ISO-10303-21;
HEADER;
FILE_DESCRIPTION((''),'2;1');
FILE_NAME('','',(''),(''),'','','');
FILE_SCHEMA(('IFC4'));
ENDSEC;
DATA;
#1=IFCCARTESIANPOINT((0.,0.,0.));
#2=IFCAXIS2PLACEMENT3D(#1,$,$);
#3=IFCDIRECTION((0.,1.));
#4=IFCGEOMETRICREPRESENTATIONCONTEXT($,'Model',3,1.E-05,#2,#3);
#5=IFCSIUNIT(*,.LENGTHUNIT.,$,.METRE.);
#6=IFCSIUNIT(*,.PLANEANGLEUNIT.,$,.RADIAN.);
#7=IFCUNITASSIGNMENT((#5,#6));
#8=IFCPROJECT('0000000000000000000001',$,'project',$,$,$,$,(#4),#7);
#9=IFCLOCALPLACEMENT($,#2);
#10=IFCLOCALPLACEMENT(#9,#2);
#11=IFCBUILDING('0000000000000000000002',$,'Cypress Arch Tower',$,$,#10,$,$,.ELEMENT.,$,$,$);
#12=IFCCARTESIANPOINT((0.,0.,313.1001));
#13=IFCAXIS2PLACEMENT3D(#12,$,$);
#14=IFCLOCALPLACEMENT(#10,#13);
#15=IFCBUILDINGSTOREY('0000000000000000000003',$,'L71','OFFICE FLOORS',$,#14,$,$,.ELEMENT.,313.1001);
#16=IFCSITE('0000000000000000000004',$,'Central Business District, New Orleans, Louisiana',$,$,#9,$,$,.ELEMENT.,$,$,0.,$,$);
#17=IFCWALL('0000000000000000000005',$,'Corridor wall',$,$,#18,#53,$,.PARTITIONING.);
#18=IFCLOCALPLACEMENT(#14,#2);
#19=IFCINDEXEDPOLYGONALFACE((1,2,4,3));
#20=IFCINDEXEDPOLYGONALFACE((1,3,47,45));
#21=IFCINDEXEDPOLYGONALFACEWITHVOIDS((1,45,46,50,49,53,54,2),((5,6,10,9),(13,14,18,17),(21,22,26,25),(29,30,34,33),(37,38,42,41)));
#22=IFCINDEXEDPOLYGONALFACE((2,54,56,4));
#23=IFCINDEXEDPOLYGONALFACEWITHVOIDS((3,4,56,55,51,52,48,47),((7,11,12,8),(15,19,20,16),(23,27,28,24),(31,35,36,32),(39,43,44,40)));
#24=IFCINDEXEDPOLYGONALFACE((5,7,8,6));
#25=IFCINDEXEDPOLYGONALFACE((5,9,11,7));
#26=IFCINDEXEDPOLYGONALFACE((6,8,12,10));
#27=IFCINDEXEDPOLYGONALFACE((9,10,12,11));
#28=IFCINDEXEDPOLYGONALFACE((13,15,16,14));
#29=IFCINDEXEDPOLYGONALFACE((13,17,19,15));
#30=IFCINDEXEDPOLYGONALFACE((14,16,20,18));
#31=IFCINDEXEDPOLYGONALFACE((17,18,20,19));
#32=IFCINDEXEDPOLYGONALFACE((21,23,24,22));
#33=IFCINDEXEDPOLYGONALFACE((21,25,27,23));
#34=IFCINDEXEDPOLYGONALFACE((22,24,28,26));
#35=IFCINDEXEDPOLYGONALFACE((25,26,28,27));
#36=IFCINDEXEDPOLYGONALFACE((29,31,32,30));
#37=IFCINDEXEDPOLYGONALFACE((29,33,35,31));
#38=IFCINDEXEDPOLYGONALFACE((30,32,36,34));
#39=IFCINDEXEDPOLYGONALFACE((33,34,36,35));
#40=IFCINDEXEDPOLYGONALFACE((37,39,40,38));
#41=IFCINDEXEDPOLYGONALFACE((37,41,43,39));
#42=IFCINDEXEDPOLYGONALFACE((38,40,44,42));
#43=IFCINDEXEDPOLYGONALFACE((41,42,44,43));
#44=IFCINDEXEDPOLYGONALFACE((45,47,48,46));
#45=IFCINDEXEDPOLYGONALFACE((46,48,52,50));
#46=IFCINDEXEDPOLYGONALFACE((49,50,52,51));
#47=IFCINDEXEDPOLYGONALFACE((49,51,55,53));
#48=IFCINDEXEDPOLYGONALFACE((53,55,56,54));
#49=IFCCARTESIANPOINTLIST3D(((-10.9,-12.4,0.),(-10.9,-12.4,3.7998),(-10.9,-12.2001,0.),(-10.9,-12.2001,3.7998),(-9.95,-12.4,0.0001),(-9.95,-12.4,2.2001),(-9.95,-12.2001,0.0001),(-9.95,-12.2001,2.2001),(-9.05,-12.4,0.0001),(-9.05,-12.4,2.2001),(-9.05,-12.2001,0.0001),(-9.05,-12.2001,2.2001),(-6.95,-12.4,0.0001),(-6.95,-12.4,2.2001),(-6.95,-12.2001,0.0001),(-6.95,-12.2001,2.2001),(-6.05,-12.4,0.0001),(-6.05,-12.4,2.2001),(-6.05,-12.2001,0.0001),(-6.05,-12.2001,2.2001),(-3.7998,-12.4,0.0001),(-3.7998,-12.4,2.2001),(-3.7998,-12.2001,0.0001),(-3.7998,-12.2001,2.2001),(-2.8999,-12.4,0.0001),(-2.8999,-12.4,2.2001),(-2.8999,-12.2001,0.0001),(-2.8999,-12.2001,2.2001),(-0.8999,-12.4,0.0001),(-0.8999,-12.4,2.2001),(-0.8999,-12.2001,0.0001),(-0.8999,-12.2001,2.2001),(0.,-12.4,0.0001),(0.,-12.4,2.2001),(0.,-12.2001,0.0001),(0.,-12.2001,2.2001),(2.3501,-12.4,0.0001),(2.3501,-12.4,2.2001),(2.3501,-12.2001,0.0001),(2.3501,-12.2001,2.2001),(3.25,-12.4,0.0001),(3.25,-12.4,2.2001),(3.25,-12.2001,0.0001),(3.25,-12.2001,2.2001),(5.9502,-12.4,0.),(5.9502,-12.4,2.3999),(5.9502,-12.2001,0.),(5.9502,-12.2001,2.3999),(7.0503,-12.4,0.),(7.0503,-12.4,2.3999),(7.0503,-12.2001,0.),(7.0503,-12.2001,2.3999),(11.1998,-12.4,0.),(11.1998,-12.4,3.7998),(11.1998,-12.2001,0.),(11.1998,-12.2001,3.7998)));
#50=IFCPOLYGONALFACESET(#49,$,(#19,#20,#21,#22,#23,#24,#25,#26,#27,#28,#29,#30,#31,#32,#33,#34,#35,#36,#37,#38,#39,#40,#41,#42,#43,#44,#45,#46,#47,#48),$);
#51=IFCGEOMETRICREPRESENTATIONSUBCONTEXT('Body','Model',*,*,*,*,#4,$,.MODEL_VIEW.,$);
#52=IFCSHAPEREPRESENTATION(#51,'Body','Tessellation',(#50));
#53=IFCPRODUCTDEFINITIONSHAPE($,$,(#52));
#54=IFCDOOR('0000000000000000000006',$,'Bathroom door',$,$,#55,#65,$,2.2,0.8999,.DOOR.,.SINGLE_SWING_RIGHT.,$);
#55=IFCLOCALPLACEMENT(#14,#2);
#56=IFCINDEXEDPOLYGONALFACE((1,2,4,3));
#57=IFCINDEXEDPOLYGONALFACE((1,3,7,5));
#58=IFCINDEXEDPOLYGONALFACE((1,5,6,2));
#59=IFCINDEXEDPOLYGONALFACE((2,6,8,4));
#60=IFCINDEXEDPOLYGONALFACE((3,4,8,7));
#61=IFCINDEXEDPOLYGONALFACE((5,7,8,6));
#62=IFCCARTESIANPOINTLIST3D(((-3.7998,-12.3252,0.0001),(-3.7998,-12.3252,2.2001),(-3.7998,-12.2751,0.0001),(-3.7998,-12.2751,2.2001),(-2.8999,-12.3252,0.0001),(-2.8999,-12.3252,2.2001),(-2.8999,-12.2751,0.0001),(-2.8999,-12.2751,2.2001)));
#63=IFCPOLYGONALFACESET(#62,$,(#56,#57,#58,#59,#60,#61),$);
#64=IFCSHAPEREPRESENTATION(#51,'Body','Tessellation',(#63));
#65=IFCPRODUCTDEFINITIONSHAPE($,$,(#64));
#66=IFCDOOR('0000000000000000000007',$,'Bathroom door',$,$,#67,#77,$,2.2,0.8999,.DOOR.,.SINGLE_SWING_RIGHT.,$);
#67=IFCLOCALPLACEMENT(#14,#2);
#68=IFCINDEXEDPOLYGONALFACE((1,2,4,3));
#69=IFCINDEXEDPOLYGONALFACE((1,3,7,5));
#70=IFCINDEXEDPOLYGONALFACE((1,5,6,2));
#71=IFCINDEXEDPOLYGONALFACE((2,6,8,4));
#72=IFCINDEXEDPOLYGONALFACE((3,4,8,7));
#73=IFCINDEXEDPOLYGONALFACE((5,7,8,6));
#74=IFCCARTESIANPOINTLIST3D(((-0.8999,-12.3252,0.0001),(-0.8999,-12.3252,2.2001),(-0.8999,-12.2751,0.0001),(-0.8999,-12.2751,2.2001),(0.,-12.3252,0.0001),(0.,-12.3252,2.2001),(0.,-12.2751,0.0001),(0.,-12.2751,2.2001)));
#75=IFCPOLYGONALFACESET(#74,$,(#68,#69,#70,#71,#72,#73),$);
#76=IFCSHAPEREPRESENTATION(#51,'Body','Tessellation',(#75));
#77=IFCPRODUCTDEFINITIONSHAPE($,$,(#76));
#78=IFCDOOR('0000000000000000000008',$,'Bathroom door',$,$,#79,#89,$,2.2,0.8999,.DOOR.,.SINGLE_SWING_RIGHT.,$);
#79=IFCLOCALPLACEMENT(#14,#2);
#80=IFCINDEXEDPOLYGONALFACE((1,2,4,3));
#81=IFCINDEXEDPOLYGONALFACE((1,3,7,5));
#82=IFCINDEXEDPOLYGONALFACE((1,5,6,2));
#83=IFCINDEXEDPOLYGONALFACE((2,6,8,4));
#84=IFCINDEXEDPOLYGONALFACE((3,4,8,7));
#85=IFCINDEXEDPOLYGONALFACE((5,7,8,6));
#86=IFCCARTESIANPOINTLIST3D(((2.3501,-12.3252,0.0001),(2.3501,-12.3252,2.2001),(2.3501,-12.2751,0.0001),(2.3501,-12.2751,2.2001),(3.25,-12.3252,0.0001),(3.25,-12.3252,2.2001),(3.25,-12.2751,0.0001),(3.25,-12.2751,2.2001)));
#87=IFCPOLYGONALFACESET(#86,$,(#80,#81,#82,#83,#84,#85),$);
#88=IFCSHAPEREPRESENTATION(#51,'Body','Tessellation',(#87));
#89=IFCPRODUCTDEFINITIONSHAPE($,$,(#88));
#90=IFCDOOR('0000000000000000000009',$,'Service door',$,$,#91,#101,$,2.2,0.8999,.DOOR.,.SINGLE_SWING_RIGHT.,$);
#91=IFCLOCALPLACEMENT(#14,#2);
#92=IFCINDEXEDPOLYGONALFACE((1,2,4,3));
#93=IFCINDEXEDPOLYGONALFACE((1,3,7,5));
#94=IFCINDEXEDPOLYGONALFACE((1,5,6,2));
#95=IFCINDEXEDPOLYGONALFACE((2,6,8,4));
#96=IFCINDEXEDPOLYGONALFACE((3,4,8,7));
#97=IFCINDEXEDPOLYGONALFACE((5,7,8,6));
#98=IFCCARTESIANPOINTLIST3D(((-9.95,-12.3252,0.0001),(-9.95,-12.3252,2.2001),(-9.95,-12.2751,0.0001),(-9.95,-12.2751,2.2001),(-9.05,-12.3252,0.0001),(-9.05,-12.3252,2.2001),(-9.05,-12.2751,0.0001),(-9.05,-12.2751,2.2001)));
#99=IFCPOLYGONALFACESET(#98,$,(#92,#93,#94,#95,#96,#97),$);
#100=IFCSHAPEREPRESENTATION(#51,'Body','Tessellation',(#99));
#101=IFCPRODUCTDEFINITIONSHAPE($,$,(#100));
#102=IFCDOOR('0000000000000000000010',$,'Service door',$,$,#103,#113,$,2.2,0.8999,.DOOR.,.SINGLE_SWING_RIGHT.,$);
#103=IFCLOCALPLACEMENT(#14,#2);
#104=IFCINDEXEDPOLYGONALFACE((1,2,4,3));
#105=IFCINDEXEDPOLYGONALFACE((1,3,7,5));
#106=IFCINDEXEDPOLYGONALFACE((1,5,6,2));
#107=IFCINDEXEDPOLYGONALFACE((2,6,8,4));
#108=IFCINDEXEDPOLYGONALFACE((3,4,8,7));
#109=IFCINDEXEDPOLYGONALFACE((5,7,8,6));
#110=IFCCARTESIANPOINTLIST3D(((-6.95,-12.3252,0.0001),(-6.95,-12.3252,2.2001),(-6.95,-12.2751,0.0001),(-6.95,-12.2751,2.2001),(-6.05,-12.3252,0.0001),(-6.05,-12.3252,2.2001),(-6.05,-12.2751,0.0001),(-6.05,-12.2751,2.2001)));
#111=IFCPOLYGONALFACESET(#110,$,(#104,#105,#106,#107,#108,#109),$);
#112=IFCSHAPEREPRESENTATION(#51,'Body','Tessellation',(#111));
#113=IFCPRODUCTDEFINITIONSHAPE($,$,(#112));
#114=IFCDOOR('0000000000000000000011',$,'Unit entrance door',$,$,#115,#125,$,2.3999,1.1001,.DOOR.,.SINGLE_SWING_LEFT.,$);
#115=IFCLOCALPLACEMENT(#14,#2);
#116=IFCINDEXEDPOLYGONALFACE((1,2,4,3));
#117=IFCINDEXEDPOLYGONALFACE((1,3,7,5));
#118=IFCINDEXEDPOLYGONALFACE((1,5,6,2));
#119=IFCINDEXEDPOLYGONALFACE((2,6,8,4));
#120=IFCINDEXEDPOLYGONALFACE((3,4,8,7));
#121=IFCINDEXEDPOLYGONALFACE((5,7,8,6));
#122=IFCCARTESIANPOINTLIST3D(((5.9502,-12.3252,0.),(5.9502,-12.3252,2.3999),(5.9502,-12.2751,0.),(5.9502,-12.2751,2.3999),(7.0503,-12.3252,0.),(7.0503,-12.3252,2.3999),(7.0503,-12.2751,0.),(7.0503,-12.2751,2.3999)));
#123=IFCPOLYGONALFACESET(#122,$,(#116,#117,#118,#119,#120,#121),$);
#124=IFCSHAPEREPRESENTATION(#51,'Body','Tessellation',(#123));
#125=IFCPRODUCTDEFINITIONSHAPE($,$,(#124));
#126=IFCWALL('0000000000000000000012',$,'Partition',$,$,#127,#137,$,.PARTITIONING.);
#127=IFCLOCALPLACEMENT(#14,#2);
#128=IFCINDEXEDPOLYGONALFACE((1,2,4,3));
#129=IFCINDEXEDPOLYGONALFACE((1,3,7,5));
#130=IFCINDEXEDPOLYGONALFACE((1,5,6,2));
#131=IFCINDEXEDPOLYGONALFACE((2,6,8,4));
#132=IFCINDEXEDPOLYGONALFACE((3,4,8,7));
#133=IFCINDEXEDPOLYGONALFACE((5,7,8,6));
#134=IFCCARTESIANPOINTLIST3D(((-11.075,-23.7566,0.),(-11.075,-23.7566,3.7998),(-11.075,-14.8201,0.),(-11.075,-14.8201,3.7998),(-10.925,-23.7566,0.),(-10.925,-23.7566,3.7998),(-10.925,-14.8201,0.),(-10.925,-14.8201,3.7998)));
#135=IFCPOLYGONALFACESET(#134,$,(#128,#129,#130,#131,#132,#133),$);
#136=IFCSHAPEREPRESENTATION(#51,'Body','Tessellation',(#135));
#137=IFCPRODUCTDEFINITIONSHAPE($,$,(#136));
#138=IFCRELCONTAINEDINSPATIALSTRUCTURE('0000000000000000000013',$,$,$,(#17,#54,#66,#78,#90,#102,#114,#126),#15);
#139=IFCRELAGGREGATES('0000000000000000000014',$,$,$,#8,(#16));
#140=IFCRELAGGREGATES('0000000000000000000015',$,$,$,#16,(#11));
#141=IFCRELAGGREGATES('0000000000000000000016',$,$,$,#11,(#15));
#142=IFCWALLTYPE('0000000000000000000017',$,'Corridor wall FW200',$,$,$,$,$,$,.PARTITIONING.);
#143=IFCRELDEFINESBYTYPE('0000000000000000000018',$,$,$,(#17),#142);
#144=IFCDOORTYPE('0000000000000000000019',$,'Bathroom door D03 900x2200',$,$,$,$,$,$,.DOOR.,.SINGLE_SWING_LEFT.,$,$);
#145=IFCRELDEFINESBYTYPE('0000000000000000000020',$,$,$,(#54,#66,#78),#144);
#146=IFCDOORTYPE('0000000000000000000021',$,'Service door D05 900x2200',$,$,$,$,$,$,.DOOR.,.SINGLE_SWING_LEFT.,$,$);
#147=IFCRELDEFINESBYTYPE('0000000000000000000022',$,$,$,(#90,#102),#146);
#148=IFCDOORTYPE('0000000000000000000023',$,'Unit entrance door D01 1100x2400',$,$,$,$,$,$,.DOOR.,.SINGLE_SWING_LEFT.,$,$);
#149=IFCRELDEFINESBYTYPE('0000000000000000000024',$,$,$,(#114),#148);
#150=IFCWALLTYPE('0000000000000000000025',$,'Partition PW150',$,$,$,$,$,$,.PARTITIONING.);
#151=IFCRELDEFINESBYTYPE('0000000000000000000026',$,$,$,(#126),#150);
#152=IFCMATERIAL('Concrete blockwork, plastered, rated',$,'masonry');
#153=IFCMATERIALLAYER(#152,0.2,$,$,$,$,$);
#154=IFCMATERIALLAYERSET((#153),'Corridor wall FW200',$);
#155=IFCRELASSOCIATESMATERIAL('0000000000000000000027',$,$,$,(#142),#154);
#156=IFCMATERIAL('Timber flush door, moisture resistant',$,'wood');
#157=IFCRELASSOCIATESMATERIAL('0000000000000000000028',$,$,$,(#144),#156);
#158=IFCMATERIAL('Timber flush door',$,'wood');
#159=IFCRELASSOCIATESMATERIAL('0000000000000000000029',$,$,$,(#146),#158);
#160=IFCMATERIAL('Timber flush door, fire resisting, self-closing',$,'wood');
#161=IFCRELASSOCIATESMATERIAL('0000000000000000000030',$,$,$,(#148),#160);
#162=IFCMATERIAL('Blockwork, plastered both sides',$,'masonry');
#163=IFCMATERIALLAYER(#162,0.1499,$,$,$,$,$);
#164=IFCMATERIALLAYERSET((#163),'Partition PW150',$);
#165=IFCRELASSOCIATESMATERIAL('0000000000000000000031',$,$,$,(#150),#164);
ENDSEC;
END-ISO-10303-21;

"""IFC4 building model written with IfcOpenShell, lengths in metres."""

from ifc_helpers import new_model, si_unit, direction, frame, frame_2d, origin, place, context, subcontext, project, spatial, rectangle, extrude, material, layer, layer_set, type_object, element, fill, save


model = new_model("IFC4")

# Units and contexts
model_context = context("Model", 3, precision=1e-05, world=origin(), true_north=direction((0.0, 1.0)))
body_context = subcontext(model_context, "Body", "Model", "MODEL_VIEW")
ifc_project = project(units=[si_unit("LENGTHUNIT", "METRE"), si_unit("PLANEANGLEUNIT", "RADIAN")], contexts=[model_context])

# Site, building, storey
site_placement = place(None, origin())
site = spatial("IfcSite", under=ifc_project, at=site_placement, Name="Central Business District, New Orleans, Louisiana", CompositionType="ELEMENT", RefElevation=0.0)
building_placement = place(site_placement, origin())
building = spatial("IfcBuilding", under=site, at=building_placement, Name="Cypress Arch Tower", CompositionType="ELEMENT")
storey_placement = place(building_placement, frame((0.0, 0.0, 313.1001)))
storey = spatial("IfcBuildingStorey", under=building, at=storey_placement, Name="L71", Description="OFFICE FLOORS", CompositionType="ELEMENT", Elevation=313.1001)

# Shared definitions
ifc_material_1 = material(Name="Concrete blockwork, plastered, rated", Category="masonry")
ifc_layer_1 = layer(ifc_material_1, 0.2)
ifc_layer_set_1 = layer_set([ifc_layer_1], Name="Corridor wall FW200")
wall_type_1 = type_object("IfcWallType", Name="Corridor wall FW200", PredefinedType="PARTITIONING", material=ifc_layer_set_1)

# Wall, openings, doors
wall_1_placement = place(storey_placement, frame((-10.8999, -12.3, 0.0), z_axis=(0.0, 0.0, 1.0), x_axis=(1.0, 0.0, 0.0)))
wall_1 = element("IfcWall", 1, at=wall_1_placement, inside=storey, type_object=wall_type_1, Name="Corridor wall", PredefinedType="PARTITIONING", context=body_context, shape_type="SweptSolid", body=[
    extrude(rectangle(XDim=22.0999, YDim=0.2, at=frame_2d((11.0498, 0.0))), origin(), (0.0, 0.0, 1.0), 3.7998),
])
opening_1_placement = place(wall_1_placement, frame((0.95, 0.0, 0.0)))
opening_1 = element("IfcOpeningElement", 2, at=opening_1_placement, cuts=wall_1, PredefinedType="OPENING", context=body_context, shape_type="SweptSolid", body=[
    extrude(rectangle(XDim=0.8999, YDim=2.2, at=frame_2d((0.45, 1.1001))), frame((0.0, 0.1099, 0.0), z_axis=(0.0, -1.0, 0.0), x_axis=(1.0, 0.0, 0.0)), (0.0, 0.0, 1.0), 0.22),
])
opening_2_placement = place(wall_1_placement, frame((3.95, 0.0, 0.0)))
opening_2 = element("IfcOpeningElement", 3, at=opening_2_placement, cuts=wall_1, PredefinedType="OPENING", context=body_context, shape_type="SweptSolid", body=[
    extrude(rectangle(XDim=0.8999, YDim=2.2, at=frame_2d((0.45, 1.1001))), frame((0.0, 0.1099, 0.0), z_axis=(0.0, -1.0, 0.0), x_axis=(1.0, 0.0, 0.0)), (0.0, 0.0, 1.0), 0.22),
])
opening_3_placement = place(wall_1_placement, frame((7.1001, 0.0, 0.0)))
opening_3 = element("IfcOpeningElement", 4, at=opening_3_placement, cuts=wall_1, PredefinedType="OPENING", context=body_context, shape_type="SweptSolid", body=[
    extrude(rectangle(XDim=0.8999, YDim=2.2, at=frame_2d((0.45, 1.1001))), frame((0.0, 0.1099, 0.0), z_axis=(0.0, -1.0, 0.0), x_axis=(1.0, 0.0, 0.0)), (0.0, 0.0, 1.0), 0.22),
])
opening_4_placement = place(wall_1_placement, frame((10.0, 0.0, 0.0)))
opening_4 = element("IfcOpeningElement", 5, at=opening_4_placement, cuts=wall_1, PredefinedType="OPENING", context=body_context, shape_type="SweptSolid", body=[
    extrude(rectangle(XDim=0.8999, YDim=2.2, at=frame_2d((0.45, 1.1001))), frame((0.0, 0.1099, 0.0), z_axis=(0.0, -1.0, 0.0), x_axis=(1.0, 0.0, 0.0)), (0.0, 0.0, 1.0), 0.22),
])
opening_5_placement = place(wall_1_placement, frame((13.25, 0.0, 0.0)))
opening_5 = element("IfcOpeningElement", 6, at=opening_5_placement, cuts=wall_1, PredefinedType="OPENING", context=body_context, shape_type="SweptSolid", body=[
    extrude(rectangle(XDim=0.8999, YDim=2.2, at=frame_2d((0.45, 1.1001))), frame((0.0, 0.1099, 0.0), z_axis=(0.0, -1.0, 0.0), x_axis=(1.0, 0.0, 0.0)), (0.0, 0.0, 1.0), 0.22),
])
opening_6_placement = place(wall_1_placement, frame((16.8501, 0.0, 0.0)))
opening_6 = element("IfcOpeningElement", 7, at=opening_6_placement, cuts=wall_1, PredefinedType="OPENING", context=body_context, shape_type="SweptSolid", body=[
    extrude(rectangle(XDim=1.1001, YDim=2.3999, at=frame_2d((0.55, 1.2))), frame((0.0, 0.1099, 0.0), z_axis=(0.0, -1.0, 0.0), x_axis=(1.0, 0.0, 0.0)), (0.0, 0.0, 1.0), 0.22),
])
ifc_material_2 = material(Name="Timber flush door, moisture resistant", Category="wood")
door_type_1 = type_object("IfcDoorType", Name="Bathroom door D03 900x2200", OperationType="SINGLE_SWING_LEFT", PredefinedType="DOOR", material=ifc_material_2)
door_1_placement = place(opening_3_placement, origin())
door_1 = element("IfcDoor", 8, at=door_1_placement, inside=storey, type_object=door_type_1, Name="Bathroom door", OperationType="SINGLE_SWING_RIGHT", OverallHeight=2.2, OverallWidth=0.8999, PredefinedType="DOOR", context=body_context, shape_type="SweptSolid", body=[
    extrude(rectangle(XDim=0.8999, YDim=2.2, at=frame_2d((0.45, 1.1001))), frame((0.0, 0.0249, 0.0), z_axis=(0.0, -1.0, 0.0), x_axis=(1.0, 0.0, 0.0)), (0.0, 0.0, 1.0), 0.05),
])
fill(opening_3, door_1)
door_2_placement = place(opening_4_placement, origin())
door_2 = element("IfcDoor", 9, at=door_2_placement, inside=storey, type_object=door_type_1, Name="Bathroom door", OperationType="SINGLE_SWING_RIGHT", OverallHeight=2.2, OverallWidth=0.8999, PredefinedType="DOOR", context=body_context, shape_type="SweptSolid", body=[
    extrude(rectangle(XDim=0.8999, YDim=2.2, at=frame_2d((0.45, 1.1001))), frame((0.0, 0.0249, 0.0), z_axis=(0.0, -1.0, 0.0), x_axis=(1.0, 0.0, 0.0)), (0.0, 0.0, 1.0), 0.05),
])
fill(opening_4, door_2)
door_3_placement = place(opening_5_placement, origin())
door_3 = element("IfcDoor", 10, at=door_3_placement, inside=storey, type_object=door_type_1, Name="Bathroom door", OperationType="SINGLE_SWING_RIGHT", OverallHeight=2.2, OverallWidth=0.8999, PredefinedType="DOOR", context=body_context, shape_type="SweptSolid", body=[
    extrude(rectangle(XDim=0.8999, YDim=2.2, at=frame_2d((0.45, 1.1001))), frame((0.0, 0.0249, 0.0), z_axis=(0.0, -1.0, 0.0), x_axis=(1.0, 0.0, 0.0)), (0.0, 0.0, 1.0), 0.05),
])
fill(opening_5, door_3)
ifc_material_3 = material(Name="Timber flush door", Category="wood")
door_type_2 = type_object("IfcDoorType", Name="Service door D05 900x2200", OperationType="SINGLE_SWING_LEFT", PredefinedType="DOOR", material=ifc_material_3)
door_4_placement = place(opening_1_placement, origin())
door_4 = element("IfcDoor", 11, at=door_4_placement, inside=storey, type_object=door_type_2, Name="Service door", OperationType="SINGLE_SWING_RIGHT", OverallHeight=2.2, OverallWidth=0.8999, PredefinedType="DOOR", context=body_context, shape_type="SweptSolid", body=[
    extrude(rectangle(XDim=0.8999, YDim=2.2, at=frame_2d((0.45, 1.1001))), frame((0.0, 0.0249, 0.0), z_axis=(0.0, -1.0, 0.0), x_axis=(1.0, 0.0, 0.0)), (0.0, 0.0, 1.0), 0.05),
])
fill(opening_1, door_4)
door_5_placement = place(opening_2_placement, origin())
door_5 = element("IfcDoor", 12, at=door_5_placement, inside=storey, type_object=door_type_2, Name="Service door", OperationType="SINGLE_SWING_RIGHT", OverallHeight=2.2, OverallWidth=0.8999, PredefinedType="DOOR", context=body_context, shape_type="SweptSolid", body=[
    extrude(rectangle(XDim=0.8999, YDim=2.2, at=frame_2d((0.45, 1.1001))), frame((0.0, 0.0249, 0.0), z_axis=(0.0, -1.0, 0.0), x_axis=(1.0, 0.0, 0.0)), (0.0, 0.0, 1.0), 0.05),
])
fill(opening_2, door_5)
ifc_material_4 = material(Name="Timber flush door, fire resisting, self-closing", Category="wood")
door_type_3 = type_object("IfcDoorType", Name="Unit entrance door D01 1100x2400", OperationType="SINGLE_SWING_LEFT", PredefinedType="DOOR", material=ifc_material_4)
door_6_placement = place(opening_6_placement, origin())
door_6 = element("IfcDoor", 13, at=door_6_placement, inside=storey, type_object=door_type_3, Name="Unit entrance door", OperationType="SINGLE_SWING_LEFT", OverallHeight=2.3999, OverallWidth=1.1001, PredefinedType="DOOR", context=body_context, shape_type="SweptSolid", body=[
    extrude(rectangle(XDim=1.1001, YDim=2.3999, at=frame_2d((0.55, 1.2))), frame((0.0, 0.0249, 0.0), z_axis=(0.0, -1.0, 0.0), x_axis=(1.0, 0.0, 0.0)), (0.0, 0.0, 1.0), 0.05),
])
fill(opening_6, door_6)

# Wall
ifc_material_5 = material(Name="Blockwork, plastered both sides", Category="masonry")
ifc_layer_2 = layer(ifc_material_5, 0.1499)
ifc_layer_set_2 = layer_set([ifc_layer_2], Name="Partition PW150")
wall_type_2 = type_object("IfcWallType", Name="Partition PW150", PredefinedType="PARTITIONING", material=ifc_layer_set_2)
wall_2_placement = place(storey_placement, frame((-11.0, -23.7566, 0.0), z_axis=(0.0, 0.0, 1.0), x_axis=(0.0, 1.0, 0.0)))
element("IfcWall", 14, at=wall_2_placement, inside=storey, type_object=wall_type_2, Name="Partition", PredefinedType="PARTITIONING", context=body_context, shape_type="SweptSolid", body=[
    extrude(rectangle(XDim=8.9365, YDim=0.1499, at=frame_2d((4.4683, 0.0))), origin(), (0.0, 0.0, 1.0), 3.7998),
])

save(model, "model.ifc")
